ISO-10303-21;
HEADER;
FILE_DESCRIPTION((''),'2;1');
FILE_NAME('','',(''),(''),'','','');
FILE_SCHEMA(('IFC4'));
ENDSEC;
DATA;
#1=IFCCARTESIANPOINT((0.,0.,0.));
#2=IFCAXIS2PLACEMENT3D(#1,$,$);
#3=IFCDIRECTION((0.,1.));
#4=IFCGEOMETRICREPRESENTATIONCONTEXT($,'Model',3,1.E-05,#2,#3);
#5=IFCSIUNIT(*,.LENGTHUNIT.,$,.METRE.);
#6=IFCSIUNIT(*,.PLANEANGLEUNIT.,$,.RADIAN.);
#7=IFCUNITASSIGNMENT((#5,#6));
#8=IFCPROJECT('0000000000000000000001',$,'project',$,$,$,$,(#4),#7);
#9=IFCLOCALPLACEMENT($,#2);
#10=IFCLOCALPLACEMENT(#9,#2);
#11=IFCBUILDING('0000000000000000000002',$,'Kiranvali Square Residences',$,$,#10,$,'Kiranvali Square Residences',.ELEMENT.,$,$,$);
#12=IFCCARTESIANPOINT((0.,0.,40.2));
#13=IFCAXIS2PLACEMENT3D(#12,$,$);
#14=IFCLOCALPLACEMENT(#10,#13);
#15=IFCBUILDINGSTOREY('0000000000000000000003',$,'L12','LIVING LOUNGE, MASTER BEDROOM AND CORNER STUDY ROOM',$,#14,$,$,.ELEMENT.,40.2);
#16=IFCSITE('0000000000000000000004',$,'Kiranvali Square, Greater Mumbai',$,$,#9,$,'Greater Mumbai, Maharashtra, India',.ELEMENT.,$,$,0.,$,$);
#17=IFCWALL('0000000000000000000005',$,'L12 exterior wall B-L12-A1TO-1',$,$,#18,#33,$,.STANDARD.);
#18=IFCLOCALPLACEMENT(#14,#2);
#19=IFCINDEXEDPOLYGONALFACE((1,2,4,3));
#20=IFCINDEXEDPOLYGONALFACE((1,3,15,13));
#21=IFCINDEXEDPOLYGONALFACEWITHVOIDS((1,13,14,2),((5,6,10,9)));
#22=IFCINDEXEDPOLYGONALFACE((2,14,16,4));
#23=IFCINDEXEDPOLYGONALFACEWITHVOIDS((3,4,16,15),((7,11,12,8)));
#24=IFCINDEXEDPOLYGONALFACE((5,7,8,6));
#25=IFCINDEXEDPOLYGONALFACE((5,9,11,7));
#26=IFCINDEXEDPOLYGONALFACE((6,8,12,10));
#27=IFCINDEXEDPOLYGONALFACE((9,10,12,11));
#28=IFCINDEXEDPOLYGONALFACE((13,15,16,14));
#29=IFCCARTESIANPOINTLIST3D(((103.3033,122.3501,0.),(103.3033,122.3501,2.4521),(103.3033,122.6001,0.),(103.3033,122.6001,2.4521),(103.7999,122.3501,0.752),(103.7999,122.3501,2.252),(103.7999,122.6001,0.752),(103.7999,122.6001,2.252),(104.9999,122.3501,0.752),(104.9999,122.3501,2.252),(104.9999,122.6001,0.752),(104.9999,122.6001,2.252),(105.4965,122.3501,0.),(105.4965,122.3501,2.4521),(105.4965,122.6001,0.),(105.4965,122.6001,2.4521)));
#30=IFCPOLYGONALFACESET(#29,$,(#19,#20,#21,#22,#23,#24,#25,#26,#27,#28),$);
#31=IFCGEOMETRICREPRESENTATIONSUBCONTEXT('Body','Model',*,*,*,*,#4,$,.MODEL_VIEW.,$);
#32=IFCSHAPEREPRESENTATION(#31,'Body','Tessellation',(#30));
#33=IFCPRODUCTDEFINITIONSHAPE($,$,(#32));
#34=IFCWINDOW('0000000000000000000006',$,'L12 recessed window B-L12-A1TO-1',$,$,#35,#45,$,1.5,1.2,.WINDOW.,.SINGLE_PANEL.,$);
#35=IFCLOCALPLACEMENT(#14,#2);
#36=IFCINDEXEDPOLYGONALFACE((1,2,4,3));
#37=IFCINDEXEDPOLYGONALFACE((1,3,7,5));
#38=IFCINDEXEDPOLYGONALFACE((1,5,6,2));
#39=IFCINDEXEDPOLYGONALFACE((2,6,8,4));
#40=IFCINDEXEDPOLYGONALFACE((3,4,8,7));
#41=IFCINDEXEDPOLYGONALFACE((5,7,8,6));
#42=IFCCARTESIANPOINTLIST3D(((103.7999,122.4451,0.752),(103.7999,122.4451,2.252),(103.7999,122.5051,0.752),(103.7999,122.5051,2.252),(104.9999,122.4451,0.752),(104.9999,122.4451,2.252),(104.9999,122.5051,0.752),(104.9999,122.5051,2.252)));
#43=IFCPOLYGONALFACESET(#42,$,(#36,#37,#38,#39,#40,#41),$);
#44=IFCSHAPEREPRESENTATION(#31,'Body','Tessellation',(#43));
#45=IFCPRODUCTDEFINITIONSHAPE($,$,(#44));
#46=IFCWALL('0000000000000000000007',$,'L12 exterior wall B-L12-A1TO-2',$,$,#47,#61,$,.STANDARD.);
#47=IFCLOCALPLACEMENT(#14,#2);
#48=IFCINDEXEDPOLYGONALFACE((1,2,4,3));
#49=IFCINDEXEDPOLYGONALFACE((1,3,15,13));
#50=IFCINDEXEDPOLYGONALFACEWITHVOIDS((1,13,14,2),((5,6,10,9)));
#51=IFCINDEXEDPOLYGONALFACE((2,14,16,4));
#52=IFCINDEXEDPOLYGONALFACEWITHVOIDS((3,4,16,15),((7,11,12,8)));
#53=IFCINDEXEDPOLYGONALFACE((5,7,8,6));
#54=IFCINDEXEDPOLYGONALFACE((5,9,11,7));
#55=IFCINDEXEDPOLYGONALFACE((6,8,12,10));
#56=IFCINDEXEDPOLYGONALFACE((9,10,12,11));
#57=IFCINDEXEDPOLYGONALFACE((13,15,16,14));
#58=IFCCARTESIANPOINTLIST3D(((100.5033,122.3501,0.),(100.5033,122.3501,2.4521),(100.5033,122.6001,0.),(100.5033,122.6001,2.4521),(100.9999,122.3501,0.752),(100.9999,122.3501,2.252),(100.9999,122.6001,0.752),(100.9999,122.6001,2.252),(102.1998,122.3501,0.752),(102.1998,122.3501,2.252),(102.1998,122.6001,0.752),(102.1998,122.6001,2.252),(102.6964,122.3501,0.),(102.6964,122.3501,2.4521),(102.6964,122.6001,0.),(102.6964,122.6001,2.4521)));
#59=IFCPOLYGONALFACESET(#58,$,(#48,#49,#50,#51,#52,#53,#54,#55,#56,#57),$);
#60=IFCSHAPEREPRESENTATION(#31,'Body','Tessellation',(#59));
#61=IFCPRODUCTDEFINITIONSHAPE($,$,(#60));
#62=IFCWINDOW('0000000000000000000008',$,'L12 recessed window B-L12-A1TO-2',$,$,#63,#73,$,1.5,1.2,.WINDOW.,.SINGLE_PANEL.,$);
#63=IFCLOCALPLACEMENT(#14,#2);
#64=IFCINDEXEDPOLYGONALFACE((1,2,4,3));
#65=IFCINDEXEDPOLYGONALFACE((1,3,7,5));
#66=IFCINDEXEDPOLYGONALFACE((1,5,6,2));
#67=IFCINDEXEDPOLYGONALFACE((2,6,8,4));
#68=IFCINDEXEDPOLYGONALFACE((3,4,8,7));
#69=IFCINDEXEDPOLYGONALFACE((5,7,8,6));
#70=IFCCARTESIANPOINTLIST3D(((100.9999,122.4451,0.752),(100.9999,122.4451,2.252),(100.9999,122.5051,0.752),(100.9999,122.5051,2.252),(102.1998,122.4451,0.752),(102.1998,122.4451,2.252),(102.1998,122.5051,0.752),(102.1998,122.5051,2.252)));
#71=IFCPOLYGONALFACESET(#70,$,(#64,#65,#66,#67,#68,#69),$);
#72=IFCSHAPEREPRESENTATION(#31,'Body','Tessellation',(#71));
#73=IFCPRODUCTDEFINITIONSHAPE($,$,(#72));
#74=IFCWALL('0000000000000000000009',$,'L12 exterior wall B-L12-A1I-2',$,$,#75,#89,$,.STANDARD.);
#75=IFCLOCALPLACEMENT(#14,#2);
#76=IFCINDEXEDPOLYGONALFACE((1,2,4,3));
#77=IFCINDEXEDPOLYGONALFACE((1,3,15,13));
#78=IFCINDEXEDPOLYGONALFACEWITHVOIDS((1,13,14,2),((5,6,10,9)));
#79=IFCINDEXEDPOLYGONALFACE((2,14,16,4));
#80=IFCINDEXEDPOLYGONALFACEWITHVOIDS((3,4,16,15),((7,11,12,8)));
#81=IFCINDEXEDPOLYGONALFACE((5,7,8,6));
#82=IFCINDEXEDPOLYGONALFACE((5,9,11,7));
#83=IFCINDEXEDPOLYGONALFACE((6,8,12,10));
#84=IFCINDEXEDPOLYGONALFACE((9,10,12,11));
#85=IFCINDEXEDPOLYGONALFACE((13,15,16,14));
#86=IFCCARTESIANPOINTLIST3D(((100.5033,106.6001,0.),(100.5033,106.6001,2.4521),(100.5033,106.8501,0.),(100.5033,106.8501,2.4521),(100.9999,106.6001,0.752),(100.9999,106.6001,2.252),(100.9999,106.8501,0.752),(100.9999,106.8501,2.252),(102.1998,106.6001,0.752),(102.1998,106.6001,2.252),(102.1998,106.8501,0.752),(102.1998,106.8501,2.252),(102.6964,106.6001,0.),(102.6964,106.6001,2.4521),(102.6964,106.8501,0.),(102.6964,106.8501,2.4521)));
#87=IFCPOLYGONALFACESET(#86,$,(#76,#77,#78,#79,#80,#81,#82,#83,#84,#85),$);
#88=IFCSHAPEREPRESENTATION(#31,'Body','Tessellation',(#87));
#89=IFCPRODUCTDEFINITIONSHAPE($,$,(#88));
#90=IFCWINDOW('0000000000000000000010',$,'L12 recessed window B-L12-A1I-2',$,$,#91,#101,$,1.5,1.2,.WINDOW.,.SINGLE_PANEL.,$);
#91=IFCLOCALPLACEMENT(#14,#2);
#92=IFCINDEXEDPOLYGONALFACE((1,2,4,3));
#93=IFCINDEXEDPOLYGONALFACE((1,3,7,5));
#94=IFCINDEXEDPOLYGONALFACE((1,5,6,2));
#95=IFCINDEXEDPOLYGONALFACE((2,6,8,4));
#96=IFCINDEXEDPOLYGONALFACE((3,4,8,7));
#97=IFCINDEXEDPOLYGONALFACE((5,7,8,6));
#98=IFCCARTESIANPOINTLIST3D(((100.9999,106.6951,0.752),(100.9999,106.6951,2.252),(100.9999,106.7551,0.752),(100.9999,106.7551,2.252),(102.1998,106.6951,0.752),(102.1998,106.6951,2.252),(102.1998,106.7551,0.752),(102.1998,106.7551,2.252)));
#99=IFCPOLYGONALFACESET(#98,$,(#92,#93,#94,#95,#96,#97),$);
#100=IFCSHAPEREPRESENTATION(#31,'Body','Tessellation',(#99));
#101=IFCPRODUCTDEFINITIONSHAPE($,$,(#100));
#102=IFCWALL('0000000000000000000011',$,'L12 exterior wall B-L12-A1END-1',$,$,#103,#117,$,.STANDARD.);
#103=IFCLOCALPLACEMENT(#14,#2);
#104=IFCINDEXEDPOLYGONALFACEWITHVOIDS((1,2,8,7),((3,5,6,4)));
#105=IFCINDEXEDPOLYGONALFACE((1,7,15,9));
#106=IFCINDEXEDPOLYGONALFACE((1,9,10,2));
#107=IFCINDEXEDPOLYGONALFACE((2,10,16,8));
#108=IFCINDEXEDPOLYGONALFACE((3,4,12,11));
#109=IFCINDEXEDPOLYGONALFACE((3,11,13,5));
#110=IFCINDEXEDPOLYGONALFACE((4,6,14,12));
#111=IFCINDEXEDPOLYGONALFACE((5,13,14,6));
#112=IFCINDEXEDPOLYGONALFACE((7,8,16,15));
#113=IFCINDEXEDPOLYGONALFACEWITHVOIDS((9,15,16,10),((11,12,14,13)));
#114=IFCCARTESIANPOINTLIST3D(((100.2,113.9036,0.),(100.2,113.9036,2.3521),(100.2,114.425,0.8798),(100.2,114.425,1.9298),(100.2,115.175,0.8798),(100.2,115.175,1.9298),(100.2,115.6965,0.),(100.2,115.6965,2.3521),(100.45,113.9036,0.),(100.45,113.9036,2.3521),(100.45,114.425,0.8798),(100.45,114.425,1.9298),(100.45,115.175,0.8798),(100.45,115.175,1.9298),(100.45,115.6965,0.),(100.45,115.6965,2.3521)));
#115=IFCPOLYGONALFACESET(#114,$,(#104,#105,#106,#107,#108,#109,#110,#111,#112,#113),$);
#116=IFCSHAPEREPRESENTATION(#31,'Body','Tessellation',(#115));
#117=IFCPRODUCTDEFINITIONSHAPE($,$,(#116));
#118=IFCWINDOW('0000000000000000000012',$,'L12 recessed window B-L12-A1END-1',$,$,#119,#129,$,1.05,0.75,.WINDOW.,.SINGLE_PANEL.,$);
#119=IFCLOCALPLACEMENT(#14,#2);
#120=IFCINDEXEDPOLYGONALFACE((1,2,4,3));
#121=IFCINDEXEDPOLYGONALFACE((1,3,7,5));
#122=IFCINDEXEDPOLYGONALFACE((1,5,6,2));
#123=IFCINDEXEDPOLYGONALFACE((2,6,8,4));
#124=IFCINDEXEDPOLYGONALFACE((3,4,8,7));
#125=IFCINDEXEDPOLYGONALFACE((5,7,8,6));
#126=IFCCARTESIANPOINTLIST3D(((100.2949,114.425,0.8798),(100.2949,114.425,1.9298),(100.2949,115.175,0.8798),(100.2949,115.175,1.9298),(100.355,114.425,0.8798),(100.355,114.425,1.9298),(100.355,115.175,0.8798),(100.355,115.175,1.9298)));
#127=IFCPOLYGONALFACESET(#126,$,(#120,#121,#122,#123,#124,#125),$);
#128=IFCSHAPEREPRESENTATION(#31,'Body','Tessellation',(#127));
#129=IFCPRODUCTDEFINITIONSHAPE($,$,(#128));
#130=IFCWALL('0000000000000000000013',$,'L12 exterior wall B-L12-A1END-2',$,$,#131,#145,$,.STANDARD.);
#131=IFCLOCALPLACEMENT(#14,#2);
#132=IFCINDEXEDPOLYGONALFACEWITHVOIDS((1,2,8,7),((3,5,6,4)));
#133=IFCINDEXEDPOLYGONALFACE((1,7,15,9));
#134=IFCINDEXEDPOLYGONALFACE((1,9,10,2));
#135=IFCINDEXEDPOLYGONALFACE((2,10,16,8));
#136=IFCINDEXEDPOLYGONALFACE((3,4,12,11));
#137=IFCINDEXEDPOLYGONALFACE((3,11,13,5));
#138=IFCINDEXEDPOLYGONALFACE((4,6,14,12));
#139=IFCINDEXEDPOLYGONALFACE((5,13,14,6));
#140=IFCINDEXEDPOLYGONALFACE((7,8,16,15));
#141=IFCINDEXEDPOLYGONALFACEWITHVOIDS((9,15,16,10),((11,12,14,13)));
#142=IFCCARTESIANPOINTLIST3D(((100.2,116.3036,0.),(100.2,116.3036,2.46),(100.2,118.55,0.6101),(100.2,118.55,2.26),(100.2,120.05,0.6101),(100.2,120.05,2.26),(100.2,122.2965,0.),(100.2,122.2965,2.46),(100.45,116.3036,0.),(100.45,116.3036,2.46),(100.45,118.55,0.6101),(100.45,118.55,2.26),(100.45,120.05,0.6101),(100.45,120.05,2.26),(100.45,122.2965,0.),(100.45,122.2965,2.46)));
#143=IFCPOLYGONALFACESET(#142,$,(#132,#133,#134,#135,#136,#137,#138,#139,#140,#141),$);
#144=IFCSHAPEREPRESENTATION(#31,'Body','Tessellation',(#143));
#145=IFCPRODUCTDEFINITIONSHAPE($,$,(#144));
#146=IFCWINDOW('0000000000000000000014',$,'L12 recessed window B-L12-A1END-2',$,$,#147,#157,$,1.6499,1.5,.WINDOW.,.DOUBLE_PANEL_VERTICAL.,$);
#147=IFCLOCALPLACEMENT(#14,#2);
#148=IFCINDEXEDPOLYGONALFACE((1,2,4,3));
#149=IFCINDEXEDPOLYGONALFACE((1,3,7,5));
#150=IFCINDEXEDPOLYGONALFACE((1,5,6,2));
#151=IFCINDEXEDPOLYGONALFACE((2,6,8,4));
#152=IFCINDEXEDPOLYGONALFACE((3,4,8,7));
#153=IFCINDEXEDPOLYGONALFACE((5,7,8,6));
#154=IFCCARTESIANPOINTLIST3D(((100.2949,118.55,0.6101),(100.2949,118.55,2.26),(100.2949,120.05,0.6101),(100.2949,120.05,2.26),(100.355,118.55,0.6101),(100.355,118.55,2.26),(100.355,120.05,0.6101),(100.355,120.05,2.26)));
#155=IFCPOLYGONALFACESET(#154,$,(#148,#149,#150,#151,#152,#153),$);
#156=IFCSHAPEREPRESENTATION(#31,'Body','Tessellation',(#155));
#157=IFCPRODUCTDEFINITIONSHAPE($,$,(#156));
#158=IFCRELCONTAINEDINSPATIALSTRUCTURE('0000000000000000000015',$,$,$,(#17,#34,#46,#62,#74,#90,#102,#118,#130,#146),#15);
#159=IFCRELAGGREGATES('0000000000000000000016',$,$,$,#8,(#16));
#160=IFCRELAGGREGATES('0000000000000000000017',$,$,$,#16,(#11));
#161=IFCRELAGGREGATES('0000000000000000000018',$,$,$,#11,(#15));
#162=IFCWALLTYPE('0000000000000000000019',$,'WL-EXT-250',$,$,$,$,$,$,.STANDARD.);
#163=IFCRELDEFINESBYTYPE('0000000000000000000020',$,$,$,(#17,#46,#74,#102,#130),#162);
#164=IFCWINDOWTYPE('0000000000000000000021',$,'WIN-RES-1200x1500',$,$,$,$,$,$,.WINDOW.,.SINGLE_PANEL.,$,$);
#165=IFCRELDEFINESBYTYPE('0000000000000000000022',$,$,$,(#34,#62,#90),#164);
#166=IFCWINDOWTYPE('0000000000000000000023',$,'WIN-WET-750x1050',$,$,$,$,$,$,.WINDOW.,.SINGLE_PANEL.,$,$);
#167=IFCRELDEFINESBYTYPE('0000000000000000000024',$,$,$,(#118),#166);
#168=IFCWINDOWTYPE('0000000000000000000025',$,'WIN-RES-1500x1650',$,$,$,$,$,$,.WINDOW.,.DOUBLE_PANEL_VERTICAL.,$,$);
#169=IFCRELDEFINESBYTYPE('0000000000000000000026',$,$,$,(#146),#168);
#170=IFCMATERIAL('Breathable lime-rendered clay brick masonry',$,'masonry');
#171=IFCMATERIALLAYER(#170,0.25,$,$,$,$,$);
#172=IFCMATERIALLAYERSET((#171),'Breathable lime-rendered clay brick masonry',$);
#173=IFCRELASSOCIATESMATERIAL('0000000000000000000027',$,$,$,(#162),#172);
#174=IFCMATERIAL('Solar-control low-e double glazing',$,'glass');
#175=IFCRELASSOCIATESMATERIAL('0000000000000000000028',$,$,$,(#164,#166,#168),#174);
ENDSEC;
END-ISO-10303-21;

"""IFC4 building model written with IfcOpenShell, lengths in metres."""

from ifc_helpers import new_model, si_unit, direction, frame, frame_2d, origin, place, context, subcontext, project, spatial, rectangle, extrude, material, layer, layer_set, type_object, element, fill, save


model = new_model("IFC4")

# Units and contexts
model_context = context("Model", 3, precision=1e-05, world=origin(), true_north=direction((0.0, 1.0)))
body_context = subcontext(model_context, "Body", "Model", "MODEL_VIEW")
ifc_project = project(units=[si_unit("LENGTHUNIT", "METRE"), si_unit("PLANEANGLEUNIT", "RADIAN")], contexts=[model_context])

# Site, building, storey
site_placement = place(None, origin())
site = spatial("IfcSite", under=ifc_project, at=site_placement, Name="Kiranvali Square, Greater Mumbai", LongName="Greater Mumbai, Maharashtra, India", CompositionType="ELEMENT", RefElevation=0.0)
building_placement = place(site_placement, origin())
building = spatial("IfcBuilding", under=site, at=building_placement, Name="Kiranvali Square Residences", LongName="Kiranvali Square Residences", CompositionType="ELEMENT")
storey_placement = place(building_placement, frame((0.0, 0.0, 40.2)))
storey = spatial("IfcBuildingStorey", under=building, at=storey_placement, Name="L12", Description="LIVING LOUNGE, MASTER BEDROOM AND CORNER STUDY ROOM", CompositionType="ELEMENT", Elevation=40.2)

# Walls, openings, windows
ifc_material_1 = material(Name="Breathable lime-rendered clay brick masonry", Category="masonry")
ifc_layer_1 = layer(ifc_material_1, 0.25)
ifc_layer_set_1 = layer_set([ifc_layer_1], Name="Breathable lime-rendered clay brick masonry")
wall_type_1 = type_object("IfcWallType", Name="WL-EXT-250", PredefinedType="STANDARD", material=ifc_layer_set_1)
wall_1_placement = place(storey_placement, frame((105.4966, 122.4751, 0.0), z_axis=(0.0, 0.0, 1.0), x_axis=(-1.0, 0.0, 0.0)))
wall_1 = element("IfcWall", 1, at=wall_1_placement, inside=storey, type_object=wall_type_1, Name="L12 exterior wall B-L12-A1TO-1", PredefinedType="STANDARD", context=body_context, shape_type="SweptSolid", body=[
    extrude(rectangle(XDim=2.1931, YDim=0.25, at=frame_2d((1.0967, 0.0))), origin(), (0.0, 0.0, 1.0), 2.4521),
])
opening_1_placement = place(wall_1_placement, frame((0.4966, 0.0, 0.752)))
opening_1 = element("IfcOpeningElement", 2, at=opening_1_placement, cuts=wall_1, PredefinedType="OPENING", context=body_context, shape_type="SweptSolid", body=[
    extrude(rectangle(XDim=1.2, YDim=1.5, at=frame_2d((0.6001, 0.75))), frame((0.0, 0.135, 0.0), z_axis=(0.0, -1.0, 0.0), x_axis=(1.0, 0.0, 0.0)), (0.0, 0.0, 1.0), 0.27),
])
ifc_material_2 = material(Name="Solar-control low-e double glazing", Category="glass")
window_type_1 = type_object("IfcWindowType", Name="WIN-RES-1200x1500", PartitioningType="SINGLE_PANEL", PredefinedType="WINDOW", material=ifc_material_2)
window_1_placement = place(opening_1_placement, origin())
window_1 = element("IfcWindow", 3, at=window_1_placement, inside=storey, type_object=window_type_1, Name="L12 recessed window B-L12-A1TO-1", OverallHeight=1.5, OverallWidth=1.2, PartitioningType="SINGLE_PANEL", PredefinedType="WINDOW", context=body_context, shape_type="SweptSolid", body=[
    extrude(rectangle(XDim=1.2, YDim=1.5, at=frame_2d((0.6001, 0.75))), frame((0.0, 0.03, 0.0), z_axis=(0.0, -1.0, 0.0), x_axis=(1.0, 0.0, 0.0)), (0.0, 0.0, 1.0), 0.0601),
])
fill(opening_1, window_1)
wall_2_placement = place(storey_placement, frame((102.6965, 122.4751, 0.0), z_axis=(0.0, 0.0, 1.0), x_axis=(-1.0, 0.0, 0.0)))
wall_2 = element("IfcWall", 4, at=wall_2_placement, inside=storey, type_object=wall_type_1, Name="L12 exterior wall B-L12-A1TO-2", PredefinedType="STANDARD", context=body_context, shape_type="SweptSolid", body=[
    extrude(rectangle(XDim=2.1931, YDim=0.25, at=frame_2d((1.0967, 0.0))), origin(), (0.0, 0.0, 1.0), 2.4521),
])
opening_2_placement = place(wall_2_placement, frame((0.4966, 0.0, 0.752)))
opening_2 = element("IfcOpeningElement", 5, at=opening_2_placement, cuts=wall_2, PredefinedType="OPENING", context=body_context, shape_type="SweptSolid", body=[
    extrude(rectangle(XDim=1.2, YDim=1.5, at=frame_2d((0.6001, 0.75))), frame((0.0, 0.135, 0.0), z_axis=(0.0, -1.0, 0.0), x_axis=(1.0, 0.0, 0.0)), (0.0, 0.0, 1.0), 0.27),
])
window_2_placement = place(opening_2_placement, origin())
window_2 = element("IfcWindow", 6, at=window_2_placement, inside=storey, type_object=window_type_1, Name="L12 recessed window B-L12-A1TO-2", OverallHeight=1.5, OverallWidth=1.2, PartitioningType="SINGLE_PANEL", PredefinedType="WINDOW", context=body_context, shape_type="SweptSolid", body=[
    extrude(rectangle(XDim=1.2, YDim=1.5, at=frame_2d((0.6001, 0.75))), frame((0.0, 0.03, 0.0), z_axis=(0.0, -1.0, 0.0), x_axis=(1.0, 0.0, 0.0)), (0.0, 0.0, 1.0), 0.0601),
])
fill(opening_2, window_2)
wall_3_placement = place(storey_placement, frame((102.6965, 106.7251, 0.0), z_axis=(0.0, 0.0, 1.0), x_axis=(-1.0, 0.0, 0.0)))
wall_3 = element("IfcWall", 7, at=wall_3_placement, inside=storey, type_object=wall_type_1, Name="L12 exterior wall B-L12-A1I-2", PredefinedType="STANDARD", context=body_context, shape_type="SweptSolid", body=[
    extrude(rectangle(XDim=2.1931, YDim=0.25, at=frame_2d((1.0967, 0.0))), origin(), (0.0, 0.0, 1.0), 2.4521),
])
opening_3_placement = place(wall_3_placement, frame((0.4966, 0.0, 0.752)))
opening_3 = element("IfcOpeningElement", 8, at=opening_3_placement, cuts=wall_3, PredefinedType="OPENING", context=body_context, shape_type="SweptSolid", body=[
    extrude(rectangle(XDim=1.2, YDim=1.5, at=frame_2d((0.6001, 0.75))), frame((0.0, 0.135, 0.0), z_axis=(0.0, -1.0, 0.0), x_axis=(1.0, 0.0, 0.0)), (0.0, 0.0, 1.0), 0.27),
])
window_3_placement = place(opening_3_placement, origin())
window_3 = element("IfcWindow", 9, at=window_3_placement, inside=storey, type_object=window_type_1, Name="L12 recessed window B-L12-A1I-2", OverallHeight=1.5, OverallWidth=1.2, PartitioningType="SINGLE_PANEL", PredefinedType="WINDOW", context=body_context, shape_type="SweptSolid", body=[
    extrude(rectangle(XDim=1.2, YDim=1.5, at=frame_2d((0.6001, 0.75))), frame((0.0, 0.03, 0.0), z_axis=(0.0, -1.0, 0.0), x_axis=(1.0, 0.0, 0.0)), (0.0, 0.0, 1.0), 0.0601),
])
fill(opening_3, window_3)
wall_4_placement = place(storey_placement, frame((100.325, 113.9036, 0.0), z_axis=(0.0, 0.0, 1.0), x_axis=(0.0, 1.0, 0.0)))
wall_4 = element("IfcWall", 10, at=wall_4_placement, inside=storey, type_object=wall_type_1, Name="L12 exterior wall B-L12-A1END-1", PredefinedType="STANDARD", context=body_context, shape_type="SweptSolid", body=[
    extrude(rectangle(XDim=1.793, YDim=0.25, at=frame_2d((0.8965, 0.0))), origin(), (0.0, 0.0, 1.0), 2.3521),
])
opening_4_placement = place(wall_4_placement, frame((0.5215, 0.0, 0.8799)))
opening_4 = element("IfcOpeningElement", 11, at=opening_4_placement, cuts=wall_4, PredefinedType="OPENING", context=body_context, shape_type="SweptSolid", body=[
    extrude(rectangle(XDim=0.75, YDim=1.05, at=frame_2d((0.375, 0.5249))), frame((0.0, 0.135, 0.0), z_axis=(0.0, -1.0, 0.0), x_axis=(1.0, 0.0, 0.0)), (0.0, 0.0, 1.0), 0.27),
])
window_type_2 = type_object("IfcWindowType", Name="WIN-WET-750x1050", PartitioningType="SINGLE_PANEL", PredefinedType="WINDOW", material=ifc_material_2)
window_4_placement = place(opening_4_placement, origin())
window_4 = element("IfcWindow", 12, at=window_4_placement, inside=storey, type_object=window_type_2, Name="L12 recessed window B-L12-A1END-1", OverallHeight=1.05, OverallWidth=0.75, PartitioningType="SINGLE_PANEL", PredefinedType="WINDOW", context=body_context, shape_type="SweptSolid", body=[
    extrude(rectangle(XDim=0.75, YDim=1.05, at=frame_2d((0.375, 0.5249))), frame((0.0, 0.03, 0.0), z_axis=(0.0, -1.0, 0.0), x_axis=(1.0, 0.0, 0.0)), (0.0, 0.0, 1.0), 0.0601),
])
fill(opening_4, window_4)
wall_5_placement = place(storey_placement, frame((100.325, 116.3035, 0.0), z_axis=(0.0, 0.0, 1.0), x_axis=(0.0, 1.0, 0.0)))
wall_5 = element("IfcWall", 13, at=wall_5_placement, inside=storey, type_object=wall_type_1, Name="L12 exterior wall B-L12-A1END-2", PredefinedType="STANDARD", context=body_context, shape_type="SweptSolid", body=[
    extrude(rectangle(XDim=5.9929, YDim=0.25, at=frame_2d((2.9966, 0.0))), origin(), (0.0, 0.0, 1.0), 2.46),
])
opening_5_placement = place(wall_5_placement, frame((2.2466, 0.0, 0.6101)))
opening_5 = element("IfcOpeningElement", 14, at=opening_5_placement, cuts=wall_5, PredefinedType="OPENING", context=body_context, shape_type="SweptSolid", body=[
    extrude(rectangle(XDim=1.5, YDim=1.6499, at=frame_2d((0.75, 0.825))), frame((0.0, 0.135, 0.0), z_axis=(0.0, -1.0, 0.0), x_axis=(1.0, 0.0, 0.0)), (0.0, 0.0, 1.0), 0.27),
])
window_type_3 = type_object("IfcWindowType", Name="WIN-RES-1500x1650", PartitioningType="DOUBLE_PANEL_VERTICAL", PredefinedType="WINDOW", material=ifc_material_2)
window_5_placement = place(opening_5_placement, origin())
window_5 = element("IfcWindow", 15, at=window_5_placement, inside=storey, type_object=window_type_3, Name="L12 recessed window B-L12-A1END-2", OverallHeight=1.6499, OverallWidth=1.5, PartitioningType="DOUBLE_PANEL_VERTICAL", PredefinedType="WINDOW", context=body_context, shape_type="SweptSolid", body=[
    extrude(rectangle(XDim=1.5, YDim=1.6499, at=frame_2d((0.75, 0.825))), frame((0.0, 0.03, 0.0), z_axis=(0.0, -1.0, 0.0), x_axis=(1.0, 0.0, 0.0)), (0.0, 0.0, 1.0), 0.0601),
])
fill(opening_5, window_5)

save(model, "model.ifc")
